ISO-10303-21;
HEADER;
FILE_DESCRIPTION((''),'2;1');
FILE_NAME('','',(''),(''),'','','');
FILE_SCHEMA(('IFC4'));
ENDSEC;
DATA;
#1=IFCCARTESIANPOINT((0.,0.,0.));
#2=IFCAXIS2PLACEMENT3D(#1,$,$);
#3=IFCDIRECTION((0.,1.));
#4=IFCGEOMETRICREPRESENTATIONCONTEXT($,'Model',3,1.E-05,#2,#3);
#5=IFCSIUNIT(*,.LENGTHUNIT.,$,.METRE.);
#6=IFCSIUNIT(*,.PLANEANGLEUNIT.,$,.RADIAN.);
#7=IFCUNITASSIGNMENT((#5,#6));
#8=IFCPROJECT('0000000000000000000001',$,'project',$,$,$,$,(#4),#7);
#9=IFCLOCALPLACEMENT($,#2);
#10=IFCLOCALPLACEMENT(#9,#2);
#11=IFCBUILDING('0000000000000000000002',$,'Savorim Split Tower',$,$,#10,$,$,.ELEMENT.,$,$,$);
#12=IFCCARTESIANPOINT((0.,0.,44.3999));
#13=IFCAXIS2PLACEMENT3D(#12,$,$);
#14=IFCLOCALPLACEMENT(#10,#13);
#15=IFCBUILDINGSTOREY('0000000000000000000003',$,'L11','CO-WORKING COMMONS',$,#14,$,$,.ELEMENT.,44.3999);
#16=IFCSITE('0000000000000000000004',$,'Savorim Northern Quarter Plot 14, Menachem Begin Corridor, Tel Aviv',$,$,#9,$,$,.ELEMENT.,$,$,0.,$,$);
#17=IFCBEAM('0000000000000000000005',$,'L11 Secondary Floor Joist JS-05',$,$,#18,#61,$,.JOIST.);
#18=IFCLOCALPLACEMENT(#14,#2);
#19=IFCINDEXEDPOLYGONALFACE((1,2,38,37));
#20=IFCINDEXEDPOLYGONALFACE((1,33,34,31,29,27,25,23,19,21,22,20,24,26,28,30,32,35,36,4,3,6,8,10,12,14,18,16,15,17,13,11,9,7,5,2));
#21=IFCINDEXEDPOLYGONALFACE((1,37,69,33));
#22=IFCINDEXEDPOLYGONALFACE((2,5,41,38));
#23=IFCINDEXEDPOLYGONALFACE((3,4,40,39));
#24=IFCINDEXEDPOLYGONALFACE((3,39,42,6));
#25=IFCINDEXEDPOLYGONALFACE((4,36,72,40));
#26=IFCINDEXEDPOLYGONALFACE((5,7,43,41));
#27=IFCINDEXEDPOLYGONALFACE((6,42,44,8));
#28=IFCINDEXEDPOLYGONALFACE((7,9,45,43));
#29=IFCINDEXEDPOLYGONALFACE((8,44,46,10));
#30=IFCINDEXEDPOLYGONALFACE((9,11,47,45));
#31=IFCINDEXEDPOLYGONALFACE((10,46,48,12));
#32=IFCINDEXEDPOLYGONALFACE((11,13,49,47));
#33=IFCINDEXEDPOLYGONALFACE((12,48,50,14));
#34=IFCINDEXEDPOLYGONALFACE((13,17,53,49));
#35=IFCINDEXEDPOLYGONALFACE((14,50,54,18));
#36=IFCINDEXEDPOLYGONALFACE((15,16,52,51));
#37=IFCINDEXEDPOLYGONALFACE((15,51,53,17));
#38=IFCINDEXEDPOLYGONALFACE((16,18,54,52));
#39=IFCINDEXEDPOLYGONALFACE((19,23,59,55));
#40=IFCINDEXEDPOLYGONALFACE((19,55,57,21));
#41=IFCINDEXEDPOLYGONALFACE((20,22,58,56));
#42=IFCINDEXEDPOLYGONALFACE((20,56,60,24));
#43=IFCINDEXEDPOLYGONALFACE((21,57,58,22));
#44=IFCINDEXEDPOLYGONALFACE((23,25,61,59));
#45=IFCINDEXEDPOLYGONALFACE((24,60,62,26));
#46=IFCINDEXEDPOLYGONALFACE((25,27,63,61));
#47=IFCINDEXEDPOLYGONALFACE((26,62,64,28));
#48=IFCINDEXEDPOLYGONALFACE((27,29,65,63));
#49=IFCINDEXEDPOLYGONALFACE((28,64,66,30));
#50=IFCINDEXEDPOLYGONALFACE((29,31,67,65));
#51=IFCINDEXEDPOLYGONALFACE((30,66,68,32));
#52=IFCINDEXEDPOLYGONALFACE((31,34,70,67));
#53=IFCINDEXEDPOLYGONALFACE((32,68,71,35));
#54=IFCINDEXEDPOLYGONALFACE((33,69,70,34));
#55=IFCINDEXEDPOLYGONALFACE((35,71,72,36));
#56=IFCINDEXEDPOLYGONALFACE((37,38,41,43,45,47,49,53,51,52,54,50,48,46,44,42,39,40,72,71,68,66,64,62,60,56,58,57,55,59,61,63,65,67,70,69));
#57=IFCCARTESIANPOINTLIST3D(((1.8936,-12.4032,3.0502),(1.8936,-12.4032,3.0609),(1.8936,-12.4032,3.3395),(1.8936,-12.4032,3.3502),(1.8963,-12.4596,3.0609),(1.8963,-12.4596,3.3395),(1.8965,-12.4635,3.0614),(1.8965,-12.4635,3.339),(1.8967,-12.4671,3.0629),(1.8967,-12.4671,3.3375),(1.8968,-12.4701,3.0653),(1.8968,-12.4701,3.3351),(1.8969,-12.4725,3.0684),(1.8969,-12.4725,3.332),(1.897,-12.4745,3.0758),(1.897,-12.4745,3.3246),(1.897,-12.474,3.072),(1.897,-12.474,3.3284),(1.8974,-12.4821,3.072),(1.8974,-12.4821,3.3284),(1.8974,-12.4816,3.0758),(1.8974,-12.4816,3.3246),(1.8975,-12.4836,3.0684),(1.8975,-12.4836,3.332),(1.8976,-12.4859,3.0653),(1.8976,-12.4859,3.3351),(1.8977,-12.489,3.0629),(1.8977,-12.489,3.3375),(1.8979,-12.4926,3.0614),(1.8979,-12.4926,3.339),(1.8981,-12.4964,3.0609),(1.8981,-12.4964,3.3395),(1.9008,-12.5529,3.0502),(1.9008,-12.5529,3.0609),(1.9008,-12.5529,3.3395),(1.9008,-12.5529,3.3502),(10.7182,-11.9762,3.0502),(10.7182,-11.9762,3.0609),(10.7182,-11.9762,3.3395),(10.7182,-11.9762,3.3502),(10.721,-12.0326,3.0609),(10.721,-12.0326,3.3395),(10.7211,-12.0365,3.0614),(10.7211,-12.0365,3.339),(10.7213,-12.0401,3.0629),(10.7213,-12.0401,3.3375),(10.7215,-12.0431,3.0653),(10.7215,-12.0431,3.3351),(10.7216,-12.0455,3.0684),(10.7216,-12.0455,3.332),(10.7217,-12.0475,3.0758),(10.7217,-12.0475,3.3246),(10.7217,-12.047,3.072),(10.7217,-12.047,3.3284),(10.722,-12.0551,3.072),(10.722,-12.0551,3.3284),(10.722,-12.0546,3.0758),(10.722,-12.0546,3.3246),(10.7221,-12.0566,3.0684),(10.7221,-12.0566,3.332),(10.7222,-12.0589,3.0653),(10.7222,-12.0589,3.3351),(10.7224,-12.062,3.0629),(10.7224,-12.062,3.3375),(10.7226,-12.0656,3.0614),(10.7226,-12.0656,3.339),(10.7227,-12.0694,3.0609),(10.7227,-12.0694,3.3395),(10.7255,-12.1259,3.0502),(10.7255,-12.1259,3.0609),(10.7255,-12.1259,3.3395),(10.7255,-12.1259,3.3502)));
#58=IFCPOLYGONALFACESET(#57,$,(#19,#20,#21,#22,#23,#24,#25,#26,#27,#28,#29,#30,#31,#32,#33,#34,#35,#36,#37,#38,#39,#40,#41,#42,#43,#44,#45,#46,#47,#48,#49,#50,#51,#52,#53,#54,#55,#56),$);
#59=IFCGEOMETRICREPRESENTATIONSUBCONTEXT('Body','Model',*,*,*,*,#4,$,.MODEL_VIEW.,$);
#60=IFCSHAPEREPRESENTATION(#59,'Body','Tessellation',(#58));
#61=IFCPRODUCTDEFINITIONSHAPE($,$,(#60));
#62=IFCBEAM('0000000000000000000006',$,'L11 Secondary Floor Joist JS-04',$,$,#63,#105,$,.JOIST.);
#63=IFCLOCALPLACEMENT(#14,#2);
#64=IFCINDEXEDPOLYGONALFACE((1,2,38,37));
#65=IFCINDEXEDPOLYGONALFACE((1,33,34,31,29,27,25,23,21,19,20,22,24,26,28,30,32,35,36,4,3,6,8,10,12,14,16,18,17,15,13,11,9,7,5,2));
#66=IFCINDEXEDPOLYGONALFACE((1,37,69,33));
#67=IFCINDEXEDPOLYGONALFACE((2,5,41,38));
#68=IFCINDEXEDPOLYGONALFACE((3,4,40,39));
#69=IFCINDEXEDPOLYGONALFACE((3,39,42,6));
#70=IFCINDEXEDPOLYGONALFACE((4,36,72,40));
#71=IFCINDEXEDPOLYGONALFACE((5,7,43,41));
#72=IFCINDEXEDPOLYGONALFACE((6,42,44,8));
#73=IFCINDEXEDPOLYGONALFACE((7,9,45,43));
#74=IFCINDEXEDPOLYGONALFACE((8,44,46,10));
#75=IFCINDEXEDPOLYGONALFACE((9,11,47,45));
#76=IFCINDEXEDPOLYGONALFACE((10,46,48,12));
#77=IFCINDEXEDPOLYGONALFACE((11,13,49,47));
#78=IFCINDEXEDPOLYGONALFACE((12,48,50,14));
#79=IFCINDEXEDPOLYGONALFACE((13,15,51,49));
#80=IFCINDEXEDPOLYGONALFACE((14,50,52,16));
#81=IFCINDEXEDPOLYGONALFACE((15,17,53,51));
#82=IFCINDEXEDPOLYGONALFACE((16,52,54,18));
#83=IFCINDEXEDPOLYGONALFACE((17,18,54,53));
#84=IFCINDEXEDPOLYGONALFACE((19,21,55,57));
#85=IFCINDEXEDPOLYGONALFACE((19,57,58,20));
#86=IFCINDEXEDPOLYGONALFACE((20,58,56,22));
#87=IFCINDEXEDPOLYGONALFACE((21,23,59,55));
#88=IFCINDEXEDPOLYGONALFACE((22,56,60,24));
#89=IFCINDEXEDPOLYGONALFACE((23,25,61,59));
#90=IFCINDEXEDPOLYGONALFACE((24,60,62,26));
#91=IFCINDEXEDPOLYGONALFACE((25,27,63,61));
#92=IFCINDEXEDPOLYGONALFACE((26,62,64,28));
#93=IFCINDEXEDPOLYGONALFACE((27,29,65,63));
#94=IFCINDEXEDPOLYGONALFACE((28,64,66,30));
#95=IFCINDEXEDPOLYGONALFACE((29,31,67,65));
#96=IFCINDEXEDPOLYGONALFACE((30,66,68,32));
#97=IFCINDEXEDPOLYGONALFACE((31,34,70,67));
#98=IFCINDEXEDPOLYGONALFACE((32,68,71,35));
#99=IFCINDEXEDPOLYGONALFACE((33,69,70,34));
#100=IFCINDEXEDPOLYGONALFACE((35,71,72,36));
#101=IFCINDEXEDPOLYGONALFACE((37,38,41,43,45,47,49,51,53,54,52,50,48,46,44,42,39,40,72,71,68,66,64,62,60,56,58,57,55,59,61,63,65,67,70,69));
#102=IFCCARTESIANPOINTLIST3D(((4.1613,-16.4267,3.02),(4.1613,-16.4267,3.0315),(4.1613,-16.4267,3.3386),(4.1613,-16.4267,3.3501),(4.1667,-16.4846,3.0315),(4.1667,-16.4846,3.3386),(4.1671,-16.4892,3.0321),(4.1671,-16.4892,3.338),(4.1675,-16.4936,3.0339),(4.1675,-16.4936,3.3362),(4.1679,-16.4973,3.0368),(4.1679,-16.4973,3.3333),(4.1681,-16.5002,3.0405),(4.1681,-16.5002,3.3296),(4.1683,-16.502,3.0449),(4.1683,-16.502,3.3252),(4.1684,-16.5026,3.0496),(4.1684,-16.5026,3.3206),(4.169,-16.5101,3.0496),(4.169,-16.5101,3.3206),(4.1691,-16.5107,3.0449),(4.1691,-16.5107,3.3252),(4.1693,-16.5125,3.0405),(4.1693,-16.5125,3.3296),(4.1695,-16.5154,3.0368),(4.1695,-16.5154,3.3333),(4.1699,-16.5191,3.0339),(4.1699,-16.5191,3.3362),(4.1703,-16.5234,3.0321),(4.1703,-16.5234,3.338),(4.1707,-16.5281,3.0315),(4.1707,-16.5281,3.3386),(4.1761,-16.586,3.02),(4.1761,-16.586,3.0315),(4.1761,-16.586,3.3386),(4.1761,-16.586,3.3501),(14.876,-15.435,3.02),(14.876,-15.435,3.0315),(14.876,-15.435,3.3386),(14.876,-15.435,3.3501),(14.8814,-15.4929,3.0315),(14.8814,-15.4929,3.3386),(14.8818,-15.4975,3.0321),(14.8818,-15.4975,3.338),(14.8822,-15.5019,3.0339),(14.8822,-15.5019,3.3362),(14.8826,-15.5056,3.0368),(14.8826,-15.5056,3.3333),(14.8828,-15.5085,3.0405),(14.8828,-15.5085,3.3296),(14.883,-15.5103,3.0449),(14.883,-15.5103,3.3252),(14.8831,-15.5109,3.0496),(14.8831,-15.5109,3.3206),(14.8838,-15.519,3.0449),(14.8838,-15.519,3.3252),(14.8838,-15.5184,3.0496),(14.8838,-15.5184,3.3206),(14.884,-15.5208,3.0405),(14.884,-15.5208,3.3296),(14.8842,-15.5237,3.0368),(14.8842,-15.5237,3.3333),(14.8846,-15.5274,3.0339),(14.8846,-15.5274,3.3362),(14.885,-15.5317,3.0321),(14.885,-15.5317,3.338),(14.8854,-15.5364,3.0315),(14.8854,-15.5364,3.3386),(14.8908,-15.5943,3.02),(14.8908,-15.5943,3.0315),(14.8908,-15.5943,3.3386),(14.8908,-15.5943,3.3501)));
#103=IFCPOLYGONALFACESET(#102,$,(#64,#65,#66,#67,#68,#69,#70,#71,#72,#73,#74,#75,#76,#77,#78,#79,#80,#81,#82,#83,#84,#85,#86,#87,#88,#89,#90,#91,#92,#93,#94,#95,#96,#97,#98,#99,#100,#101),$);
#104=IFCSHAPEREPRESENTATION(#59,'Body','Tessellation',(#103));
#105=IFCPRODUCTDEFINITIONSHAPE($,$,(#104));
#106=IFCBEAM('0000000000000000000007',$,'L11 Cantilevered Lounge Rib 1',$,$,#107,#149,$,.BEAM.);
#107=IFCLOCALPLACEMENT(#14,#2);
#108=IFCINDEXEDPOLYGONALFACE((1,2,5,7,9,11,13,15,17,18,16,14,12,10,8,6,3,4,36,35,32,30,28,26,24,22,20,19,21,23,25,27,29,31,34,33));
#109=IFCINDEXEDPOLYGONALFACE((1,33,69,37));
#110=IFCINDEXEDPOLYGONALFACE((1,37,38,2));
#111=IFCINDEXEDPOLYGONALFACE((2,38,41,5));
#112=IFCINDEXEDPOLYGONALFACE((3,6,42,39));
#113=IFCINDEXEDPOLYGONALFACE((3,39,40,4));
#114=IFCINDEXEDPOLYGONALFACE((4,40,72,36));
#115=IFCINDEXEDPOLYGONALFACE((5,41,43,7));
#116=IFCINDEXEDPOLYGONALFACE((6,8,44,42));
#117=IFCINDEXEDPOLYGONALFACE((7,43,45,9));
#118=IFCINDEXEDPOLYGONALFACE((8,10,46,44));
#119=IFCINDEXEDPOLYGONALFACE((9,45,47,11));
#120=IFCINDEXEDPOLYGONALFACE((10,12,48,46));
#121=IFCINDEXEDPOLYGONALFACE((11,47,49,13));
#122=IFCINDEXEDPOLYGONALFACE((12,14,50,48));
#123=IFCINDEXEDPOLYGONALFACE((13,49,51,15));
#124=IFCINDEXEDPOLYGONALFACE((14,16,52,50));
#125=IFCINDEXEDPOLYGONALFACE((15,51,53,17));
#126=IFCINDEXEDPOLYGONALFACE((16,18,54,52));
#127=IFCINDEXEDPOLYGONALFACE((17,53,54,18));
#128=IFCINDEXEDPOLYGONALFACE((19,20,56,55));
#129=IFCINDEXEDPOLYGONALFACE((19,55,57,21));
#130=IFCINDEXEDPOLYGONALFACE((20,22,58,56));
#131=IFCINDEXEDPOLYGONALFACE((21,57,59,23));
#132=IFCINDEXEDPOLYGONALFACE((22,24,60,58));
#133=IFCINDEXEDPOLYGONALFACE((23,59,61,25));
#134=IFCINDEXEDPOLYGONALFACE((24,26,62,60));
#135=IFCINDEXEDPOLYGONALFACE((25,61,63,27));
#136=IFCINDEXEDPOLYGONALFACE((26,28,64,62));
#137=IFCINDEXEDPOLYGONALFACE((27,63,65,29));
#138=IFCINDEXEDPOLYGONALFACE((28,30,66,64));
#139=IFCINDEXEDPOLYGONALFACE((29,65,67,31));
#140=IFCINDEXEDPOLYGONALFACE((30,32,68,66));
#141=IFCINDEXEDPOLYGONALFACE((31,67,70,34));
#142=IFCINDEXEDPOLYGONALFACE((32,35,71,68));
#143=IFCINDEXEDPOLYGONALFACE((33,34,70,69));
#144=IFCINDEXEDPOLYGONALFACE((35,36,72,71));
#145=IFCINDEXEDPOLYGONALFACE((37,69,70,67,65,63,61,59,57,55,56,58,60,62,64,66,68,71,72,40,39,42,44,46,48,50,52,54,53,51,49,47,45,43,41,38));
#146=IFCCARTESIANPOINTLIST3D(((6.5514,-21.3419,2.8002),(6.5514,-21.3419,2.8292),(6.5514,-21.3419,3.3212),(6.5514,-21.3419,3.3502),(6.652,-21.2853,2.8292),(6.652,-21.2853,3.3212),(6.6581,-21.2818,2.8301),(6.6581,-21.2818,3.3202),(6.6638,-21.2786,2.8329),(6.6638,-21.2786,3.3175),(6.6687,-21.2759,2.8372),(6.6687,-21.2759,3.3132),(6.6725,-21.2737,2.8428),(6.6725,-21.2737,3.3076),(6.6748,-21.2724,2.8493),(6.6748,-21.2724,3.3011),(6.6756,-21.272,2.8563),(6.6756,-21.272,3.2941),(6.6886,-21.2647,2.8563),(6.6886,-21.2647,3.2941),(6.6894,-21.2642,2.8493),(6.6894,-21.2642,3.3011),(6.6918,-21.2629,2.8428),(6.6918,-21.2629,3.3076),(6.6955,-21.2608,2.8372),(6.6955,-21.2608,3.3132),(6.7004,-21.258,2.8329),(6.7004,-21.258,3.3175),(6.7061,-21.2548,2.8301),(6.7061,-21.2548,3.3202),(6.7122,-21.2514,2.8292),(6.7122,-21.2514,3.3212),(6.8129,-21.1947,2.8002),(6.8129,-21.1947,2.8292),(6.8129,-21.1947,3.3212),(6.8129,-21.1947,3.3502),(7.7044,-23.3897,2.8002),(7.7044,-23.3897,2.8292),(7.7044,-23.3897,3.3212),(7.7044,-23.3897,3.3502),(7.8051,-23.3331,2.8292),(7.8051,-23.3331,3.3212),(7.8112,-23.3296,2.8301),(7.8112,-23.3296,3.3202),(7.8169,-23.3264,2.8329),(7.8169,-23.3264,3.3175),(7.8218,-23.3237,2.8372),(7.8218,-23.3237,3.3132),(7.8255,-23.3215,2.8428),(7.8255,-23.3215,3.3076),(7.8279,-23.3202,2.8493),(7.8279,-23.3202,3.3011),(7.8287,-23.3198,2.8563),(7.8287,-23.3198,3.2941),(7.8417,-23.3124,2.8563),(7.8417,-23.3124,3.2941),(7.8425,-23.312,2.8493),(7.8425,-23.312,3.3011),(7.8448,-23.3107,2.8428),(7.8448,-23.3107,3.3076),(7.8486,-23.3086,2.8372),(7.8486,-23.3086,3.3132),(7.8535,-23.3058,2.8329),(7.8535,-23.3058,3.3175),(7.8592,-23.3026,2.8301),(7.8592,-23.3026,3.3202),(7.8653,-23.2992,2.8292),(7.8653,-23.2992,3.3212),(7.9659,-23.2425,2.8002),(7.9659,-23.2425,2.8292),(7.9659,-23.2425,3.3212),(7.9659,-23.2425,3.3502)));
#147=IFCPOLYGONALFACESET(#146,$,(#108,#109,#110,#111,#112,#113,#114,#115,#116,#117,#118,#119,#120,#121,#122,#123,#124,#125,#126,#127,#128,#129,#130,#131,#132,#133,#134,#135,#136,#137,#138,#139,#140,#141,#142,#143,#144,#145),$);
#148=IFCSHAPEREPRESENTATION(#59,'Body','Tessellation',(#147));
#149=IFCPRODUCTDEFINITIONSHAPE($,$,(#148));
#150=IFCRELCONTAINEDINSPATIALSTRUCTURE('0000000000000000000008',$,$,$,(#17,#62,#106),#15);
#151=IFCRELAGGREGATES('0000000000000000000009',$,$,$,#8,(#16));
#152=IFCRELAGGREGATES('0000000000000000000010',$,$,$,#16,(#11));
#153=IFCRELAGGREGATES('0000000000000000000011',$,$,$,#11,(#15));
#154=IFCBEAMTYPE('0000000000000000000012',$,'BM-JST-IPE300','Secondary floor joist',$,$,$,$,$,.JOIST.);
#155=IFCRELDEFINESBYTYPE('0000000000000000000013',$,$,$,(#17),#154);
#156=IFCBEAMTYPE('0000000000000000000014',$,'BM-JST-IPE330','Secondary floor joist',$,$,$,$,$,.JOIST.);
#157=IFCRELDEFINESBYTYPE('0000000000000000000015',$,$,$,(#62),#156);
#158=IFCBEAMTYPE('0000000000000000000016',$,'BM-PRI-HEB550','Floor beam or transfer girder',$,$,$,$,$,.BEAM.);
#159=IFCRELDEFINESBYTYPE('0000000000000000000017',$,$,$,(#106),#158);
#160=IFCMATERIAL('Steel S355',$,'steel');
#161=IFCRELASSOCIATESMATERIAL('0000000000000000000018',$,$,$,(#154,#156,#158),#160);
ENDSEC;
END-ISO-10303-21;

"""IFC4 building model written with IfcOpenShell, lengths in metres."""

from ifc_helpers import new_model, si_unit, direction, frame, origin, origin_2d, place, context, subcontext, project, spatial, i_section, extrude, material, material_profile, profile_set, type_object, element, save


model = new_model("IFC4")

# Units and contexts
model_context = context("Model", 3, precision=1e-05, world=origin(), true_north=direction((0.0, 1.0)))
body_context = subcontext(model_context, "Body", "Model", "MODEL_VIEW")
ifc_project = project(units=[si_unit("LENGTHUNIT", "METRE"), si_unit("PLANEANGLEUNIT", "RADIAN")], contexts=[model_context])

# Site, building, storey
site_placement = place(None, origin())
site = spatial("IfcSite", under=ifc_project, at=site_placement, Name="Savorim Northern Quarter Plot 14, Menachem Begin Corridor, Tel Aviv", CompositionType="ELEMENT", RefElevation=0.0)
building_placement = place(site_placement, origin())
building = spatial("IfcBuilding", under=site, at=building_placement, Name="Savorim Split Tower", CompositionType="ELEMENT")
storey_placement = place(building_placement, frame((0.0, 0.0, 44.3999)))
storey = spatial("IfcBuildingStorey", under=building, at=storey_placement, Name="L11", Description="CO-WORKING COMMONS", CompositionType="ELEMENT", Elevation=44.3999)

# Beams
ifc_material_1 = material(Name="Steel S355", Category="steel")
ifc_material_profile_1 = material_profile(ifc_material_1, i_section(OverallWidth=0.1499, OverallDepth=0.3, WebThickness=0.0071, FlangeThickness=0.0107, FilletRadius=0.0149, at=origin_2d()), Name="IPE 300")
ifc_profile_set_1 = profile_set([ifc_material_profile_1], Name="Steel S355")
beam_type_1 = type_object("IfcBeamType", Name="BM-JST-IPE300", Description="Secondary floor joist", PredefinedType="JOIST", material=ifc_profile_set_1)
beam_1_placement = place(storey_placement, frame((1.8972, -12.478, 3.2002), z_axis=(0.998831, 0.048331, 0.0), x_axis=(-0.048331, 0.998831, 0.0)))
element("IfcBeam", 1, at=beam_1_placement, inside=storey, type_object=beam_type_1, Name="L11 Secondary Floor Joist JS-05", PredefinedType="JOIST", context=body_context, shape_type="SweptSolid", body=[
    extrude(i_section(OverallWidth=0.1499, OverallDepth=0.3, WebThickness=0.0071, FlangeThickness=0.0107, FilletRadius=0.0149, at=origin_2d()), origin(), (0.0, 0.0, 1.0), 8.835),
])
ifc_material_profile_2 = material_profile(ifc_material_1, i_section(OverallWidth=0.1599, OverallDepth=0.3301, WebThickness=0.0076, FlangeThickness=0.0115, FilletRadius=0.0181, at=origin_2d()), Name="IPE 330")
ifc_profile_set_2 = profile_set([ifc_material_profile_2], Name="Steel S355")
beam_type_2 = type_object("IfcBeamType", Name="BM-JST-IPE330", Description="Secondary floor joist", PredefinedType="JOIST", material=ifc_profile_set_2)
beam_2_placement = place(storey_placement, frame((4.1687, -16.5063, 3.1851), z_axis=(0.995744, 0.092162, 0.0), x_axis=(-0.092162, 0.995744, 0.0)))
element("IfcBeam", 2, at=beam_2_placement, inside=storey, type_object=beam_type_2, Name="L11 Secondary Floor Joist JS-04", PredefinedType="JOIST", context=body_context, shape_type="SweptSolid", body=[
    extrude(i_section(OverallWidth=0.1599, OverallDepth=0.3301, WebThickness=0.0076, FlangeThickness=0.0115, FilletRadius=0.0181, at=origin_2d()), origin(), (0.0, 0.0, 1.0), 10.7605),
])
ifc_material_profile_3 = material_profile(ifc_material_1, i_section(OverallWidth=0.3, OverallDepth=0.55, WebThickness=0.0149, FlangeThickness=0.0291, FilletRadius=0.0271, at=origin_2d()), Name="HEB 550")
ifc_profile_set_3 = profile_set([ifc_material_profile_3], Name="Steel S355")
beam_type_3 = type_object("IfcBeamType", Name="BM-PRI-HEB550", Description="Floor beam or transfer girder", PredefinedType="BEAM", material=ifc_profile_set_3)
beam_3_placement = place(storey_placement, frame((6.6821, -21.2683, 3.0752), z_axis=(0.490636, -0.871365, 0.0), x_axis=(0.871365, 0.490636, 0.0)))
element("IfcBeam", 3, at=beam_3_placement, inside=storey, type_object=beam_type_3, Name="L11 Cantilevered Lounge Rib 1", PredefinedType="BEAM", context=body_context, shape_type="SweptSolid", body=[
    extrude(i_section(OverallWidth=0.3, OverallDepth=0.55, WebThickness=0.0149, FlangeThickness=0.0291, FilletRadius=0.0271, at=origin_2d()), origin(), (0.0, 0.0, 1.0), 2.3501),
])

save(model, "model.ifc")
